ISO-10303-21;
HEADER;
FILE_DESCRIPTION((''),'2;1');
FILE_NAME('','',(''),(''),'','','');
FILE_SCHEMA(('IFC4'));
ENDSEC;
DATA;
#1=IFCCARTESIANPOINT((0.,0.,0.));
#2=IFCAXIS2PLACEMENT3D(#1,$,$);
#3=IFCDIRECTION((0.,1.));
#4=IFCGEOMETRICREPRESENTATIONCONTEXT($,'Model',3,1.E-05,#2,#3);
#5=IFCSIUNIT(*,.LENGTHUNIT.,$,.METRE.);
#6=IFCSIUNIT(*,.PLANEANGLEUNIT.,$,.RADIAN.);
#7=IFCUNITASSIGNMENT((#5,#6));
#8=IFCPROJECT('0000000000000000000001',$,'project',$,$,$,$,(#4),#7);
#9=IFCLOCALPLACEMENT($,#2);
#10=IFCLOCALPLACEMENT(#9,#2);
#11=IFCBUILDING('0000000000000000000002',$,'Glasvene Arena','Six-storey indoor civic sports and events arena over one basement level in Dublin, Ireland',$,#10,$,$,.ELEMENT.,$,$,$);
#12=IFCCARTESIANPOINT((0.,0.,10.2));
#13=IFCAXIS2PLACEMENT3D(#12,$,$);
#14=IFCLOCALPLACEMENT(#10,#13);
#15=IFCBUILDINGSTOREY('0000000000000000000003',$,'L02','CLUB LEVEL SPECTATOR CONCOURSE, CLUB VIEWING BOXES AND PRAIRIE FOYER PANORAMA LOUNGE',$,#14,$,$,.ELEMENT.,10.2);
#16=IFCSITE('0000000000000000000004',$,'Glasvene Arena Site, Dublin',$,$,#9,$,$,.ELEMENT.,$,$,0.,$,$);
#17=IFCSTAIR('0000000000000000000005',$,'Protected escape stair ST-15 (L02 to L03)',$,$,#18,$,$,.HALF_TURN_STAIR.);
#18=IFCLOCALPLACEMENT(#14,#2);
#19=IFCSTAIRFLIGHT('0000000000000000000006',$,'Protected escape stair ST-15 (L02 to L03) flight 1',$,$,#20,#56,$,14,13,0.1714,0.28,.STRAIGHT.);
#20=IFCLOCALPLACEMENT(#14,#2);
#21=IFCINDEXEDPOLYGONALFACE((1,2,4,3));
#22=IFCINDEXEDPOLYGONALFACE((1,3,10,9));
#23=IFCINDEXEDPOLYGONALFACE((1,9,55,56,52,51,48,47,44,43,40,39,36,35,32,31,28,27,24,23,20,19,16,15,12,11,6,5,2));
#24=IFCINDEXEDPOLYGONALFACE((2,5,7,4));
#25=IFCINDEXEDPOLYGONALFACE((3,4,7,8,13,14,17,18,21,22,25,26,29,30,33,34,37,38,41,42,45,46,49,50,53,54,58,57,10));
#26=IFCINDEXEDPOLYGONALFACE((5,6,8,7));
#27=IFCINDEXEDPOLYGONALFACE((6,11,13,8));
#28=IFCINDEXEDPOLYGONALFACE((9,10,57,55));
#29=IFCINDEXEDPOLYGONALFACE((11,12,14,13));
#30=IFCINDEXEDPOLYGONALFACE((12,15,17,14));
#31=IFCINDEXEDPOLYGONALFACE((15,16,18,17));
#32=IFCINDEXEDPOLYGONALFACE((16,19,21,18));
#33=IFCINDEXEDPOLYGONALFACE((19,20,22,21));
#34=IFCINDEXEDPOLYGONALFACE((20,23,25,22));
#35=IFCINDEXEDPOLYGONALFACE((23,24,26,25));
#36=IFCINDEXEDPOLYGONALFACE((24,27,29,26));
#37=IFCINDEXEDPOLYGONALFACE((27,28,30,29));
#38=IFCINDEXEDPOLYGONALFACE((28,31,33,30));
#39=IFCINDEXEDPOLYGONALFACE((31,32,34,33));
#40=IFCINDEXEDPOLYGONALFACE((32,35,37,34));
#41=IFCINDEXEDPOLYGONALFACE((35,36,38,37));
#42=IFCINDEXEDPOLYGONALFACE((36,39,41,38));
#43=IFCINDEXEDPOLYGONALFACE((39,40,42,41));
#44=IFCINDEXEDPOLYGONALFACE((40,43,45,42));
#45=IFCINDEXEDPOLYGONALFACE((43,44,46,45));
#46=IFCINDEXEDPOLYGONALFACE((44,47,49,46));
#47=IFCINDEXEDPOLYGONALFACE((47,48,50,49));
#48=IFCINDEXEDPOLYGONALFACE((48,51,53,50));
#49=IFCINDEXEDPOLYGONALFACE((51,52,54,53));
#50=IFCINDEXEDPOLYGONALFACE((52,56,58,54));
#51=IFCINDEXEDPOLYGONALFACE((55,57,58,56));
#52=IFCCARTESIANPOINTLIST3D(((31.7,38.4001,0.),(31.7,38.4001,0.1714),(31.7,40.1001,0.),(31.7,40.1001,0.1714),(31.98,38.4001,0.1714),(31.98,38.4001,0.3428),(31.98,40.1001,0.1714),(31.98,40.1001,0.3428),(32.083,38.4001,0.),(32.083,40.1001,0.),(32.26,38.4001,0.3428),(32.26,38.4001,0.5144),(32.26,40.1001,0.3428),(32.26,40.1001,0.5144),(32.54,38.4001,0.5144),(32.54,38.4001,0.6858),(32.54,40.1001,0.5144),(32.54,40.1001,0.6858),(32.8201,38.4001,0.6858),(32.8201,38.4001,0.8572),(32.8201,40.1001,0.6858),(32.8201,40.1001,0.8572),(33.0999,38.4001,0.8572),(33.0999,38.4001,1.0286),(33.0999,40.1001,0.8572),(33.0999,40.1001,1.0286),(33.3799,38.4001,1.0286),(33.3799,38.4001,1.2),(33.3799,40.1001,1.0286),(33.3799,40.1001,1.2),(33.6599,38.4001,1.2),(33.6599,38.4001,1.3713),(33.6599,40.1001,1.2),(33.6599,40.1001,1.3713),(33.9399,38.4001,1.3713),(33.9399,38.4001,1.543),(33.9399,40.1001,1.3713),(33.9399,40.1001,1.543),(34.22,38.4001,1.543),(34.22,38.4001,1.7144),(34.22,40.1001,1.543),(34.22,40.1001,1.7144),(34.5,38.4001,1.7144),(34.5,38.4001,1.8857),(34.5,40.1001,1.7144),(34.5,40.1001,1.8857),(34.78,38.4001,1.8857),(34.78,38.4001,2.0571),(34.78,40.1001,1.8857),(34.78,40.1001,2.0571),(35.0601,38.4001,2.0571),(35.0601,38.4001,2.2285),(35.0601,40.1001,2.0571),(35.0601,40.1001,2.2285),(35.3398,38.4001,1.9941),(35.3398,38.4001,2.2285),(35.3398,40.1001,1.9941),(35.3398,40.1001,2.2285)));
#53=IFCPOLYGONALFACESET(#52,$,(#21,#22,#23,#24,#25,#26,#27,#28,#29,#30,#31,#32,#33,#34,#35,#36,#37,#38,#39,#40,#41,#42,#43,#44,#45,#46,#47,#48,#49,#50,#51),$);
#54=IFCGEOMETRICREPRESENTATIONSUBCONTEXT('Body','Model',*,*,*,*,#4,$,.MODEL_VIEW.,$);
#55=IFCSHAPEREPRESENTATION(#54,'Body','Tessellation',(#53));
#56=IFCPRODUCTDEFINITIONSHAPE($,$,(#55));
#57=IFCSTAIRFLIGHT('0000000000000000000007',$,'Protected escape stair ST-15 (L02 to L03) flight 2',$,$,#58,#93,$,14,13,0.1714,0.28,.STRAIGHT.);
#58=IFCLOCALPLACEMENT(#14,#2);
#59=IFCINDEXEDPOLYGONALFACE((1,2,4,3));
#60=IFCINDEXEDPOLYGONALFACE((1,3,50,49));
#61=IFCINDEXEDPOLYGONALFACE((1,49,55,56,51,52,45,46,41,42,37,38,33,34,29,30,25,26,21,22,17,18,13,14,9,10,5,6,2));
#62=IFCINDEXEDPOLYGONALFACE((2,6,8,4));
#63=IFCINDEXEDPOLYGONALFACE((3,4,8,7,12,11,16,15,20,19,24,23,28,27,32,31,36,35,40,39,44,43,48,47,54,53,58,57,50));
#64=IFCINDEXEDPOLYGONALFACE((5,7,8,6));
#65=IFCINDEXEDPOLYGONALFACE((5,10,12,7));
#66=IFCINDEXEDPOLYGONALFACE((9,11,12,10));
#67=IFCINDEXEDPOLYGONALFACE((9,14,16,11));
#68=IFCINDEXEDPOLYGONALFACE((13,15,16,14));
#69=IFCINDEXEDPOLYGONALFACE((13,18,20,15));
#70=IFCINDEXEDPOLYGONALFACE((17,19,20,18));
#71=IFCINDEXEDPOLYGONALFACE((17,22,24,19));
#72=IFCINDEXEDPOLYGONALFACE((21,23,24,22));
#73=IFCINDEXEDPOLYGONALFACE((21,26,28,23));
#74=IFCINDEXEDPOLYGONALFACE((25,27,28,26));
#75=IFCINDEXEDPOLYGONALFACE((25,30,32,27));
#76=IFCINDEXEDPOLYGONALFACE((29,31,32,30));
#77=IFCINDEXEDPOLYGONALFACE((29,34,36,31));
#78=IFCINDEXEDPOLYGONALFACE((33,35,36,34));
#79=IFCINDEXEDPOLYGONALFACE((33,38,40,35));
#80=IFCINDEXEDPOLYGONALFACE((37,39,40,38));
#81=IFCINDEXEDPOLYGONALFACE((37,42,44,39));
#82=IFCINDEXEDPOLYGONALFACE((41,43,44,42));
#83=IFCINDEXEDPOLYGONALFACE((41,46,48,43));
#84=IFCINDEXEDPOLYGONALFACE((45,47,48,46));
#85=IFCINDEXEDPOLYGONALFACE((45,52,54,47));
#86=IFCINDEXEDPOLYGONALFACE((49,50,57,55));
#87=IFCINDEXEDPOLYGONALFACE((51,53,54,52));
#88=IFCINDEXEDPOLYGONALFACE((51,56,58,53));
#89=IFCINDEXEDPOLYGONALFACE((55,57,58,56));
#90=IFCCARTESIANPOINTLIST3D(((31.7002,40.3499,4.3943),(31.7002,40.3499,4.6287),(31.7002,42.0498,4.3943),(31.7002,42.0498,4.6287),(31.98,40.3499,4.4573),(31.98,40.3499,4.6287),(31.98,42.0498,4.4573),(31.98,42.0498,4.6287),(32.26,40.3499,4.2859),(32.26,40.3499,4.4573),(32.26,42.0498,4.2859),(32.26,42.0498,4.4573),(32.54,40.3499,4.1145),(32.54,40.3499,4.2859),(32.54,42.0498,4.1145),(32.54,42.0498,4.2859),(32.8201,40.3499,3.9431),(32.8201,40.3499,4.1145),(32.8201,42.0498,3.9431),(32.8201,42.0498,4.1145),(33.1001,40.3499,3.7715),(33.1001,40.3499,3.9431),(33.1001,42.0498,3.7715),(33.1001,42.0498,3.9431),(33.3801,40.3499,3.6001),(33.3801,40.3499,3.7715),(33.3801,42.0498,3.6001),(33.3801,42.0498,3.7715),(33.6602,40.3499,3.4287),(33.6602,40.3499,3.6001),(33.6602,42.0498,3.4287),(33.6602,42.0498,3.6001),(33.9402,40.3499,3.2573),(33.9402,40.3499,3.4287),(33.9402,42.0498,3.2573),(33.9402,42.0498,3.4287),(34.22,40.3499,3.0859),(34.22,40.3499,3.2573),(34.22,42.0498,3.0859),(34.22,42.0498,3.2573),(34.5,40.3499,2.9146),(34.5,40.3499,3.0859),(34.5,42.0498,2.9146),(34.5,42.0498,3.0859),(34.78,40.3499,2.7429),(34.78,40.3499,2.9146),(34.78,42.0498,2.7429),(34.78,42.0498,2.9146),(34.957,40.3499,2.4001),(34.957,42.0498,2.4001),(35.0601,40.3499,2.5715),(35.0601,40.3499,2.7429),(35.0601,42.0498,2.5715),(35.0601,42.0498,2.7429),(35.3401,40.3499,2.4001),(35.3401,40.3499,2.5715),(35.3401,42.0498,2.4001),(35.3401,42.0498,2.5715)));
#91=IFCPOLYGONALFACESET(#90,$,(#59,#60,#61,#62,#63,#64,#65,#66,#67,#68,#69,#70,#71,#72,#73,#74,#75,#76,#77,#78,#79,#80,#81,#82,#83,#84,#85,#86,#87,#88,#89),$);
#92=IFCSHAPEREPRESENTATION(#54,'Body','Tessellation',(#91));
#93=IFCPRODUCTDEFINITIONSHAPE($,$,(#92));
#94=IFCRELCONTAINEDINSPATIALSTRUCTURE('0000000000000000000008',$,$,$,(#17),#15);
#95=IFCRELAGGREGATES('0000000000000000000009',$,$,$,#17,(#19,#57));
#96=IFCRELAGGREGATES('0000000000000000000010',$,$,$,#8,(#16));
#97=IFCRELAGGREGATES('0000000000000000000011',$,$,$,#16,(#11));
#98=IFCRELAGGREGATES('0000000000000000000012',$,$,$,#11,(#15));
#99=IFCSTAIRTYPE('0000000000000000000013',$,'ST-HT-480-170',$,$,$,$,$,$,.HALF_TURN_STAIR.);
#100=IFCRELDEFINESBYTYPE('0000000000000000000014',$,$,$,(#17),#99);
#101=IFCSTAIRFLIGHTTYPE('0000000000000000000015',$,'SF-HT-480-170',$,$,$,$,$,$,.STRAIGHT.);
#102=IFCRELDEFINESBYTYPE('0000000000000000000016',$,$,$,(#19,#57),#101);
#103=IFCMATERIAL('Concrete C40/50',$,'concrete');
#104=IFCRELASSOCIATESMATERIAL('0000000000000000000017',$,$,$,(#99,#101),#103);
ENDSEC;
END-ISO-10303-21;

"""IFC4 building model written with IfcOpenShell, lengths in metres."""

from ifc_helpers import new_model, si_unit, direction, frame, origin, place, context, subcontext, project, spatial, polyline, outline, extrude, material, type_object, element, aggregate, save


model = new_model("IFC4")

# Units and contexts
model_context = context("Model", 3, precision=1e-05, world=origin(), true_north=direction((0.0, 1.0)))
body_context = subcontext(model_context, "Body", "Model", "MODEL_VIEW")
ifc_project = project(units=[si_unit("LENGTHUNIT", "METRE"), si_unit("PLANEANGLEUNIT", "RADIAN")], contexts=[model_context])

# Site, building, storey
site_placement = place(None, origin())
site = spatial("IfcSite", under=ifc_project, at=site_placement, Name="Glasvene Arena Site, Dublin", CompositionType="ELEMENT", RefElevation=0.0)
building_placement = place(site_placement, origin())
building = spatial("IfcBuilding", under=site, at=building_placement, Name="Glasvene Arena", Description="Six-storey indoor civic sports and events arena over one basement level in Dublin, Ireland", CompositionType="ELEMENT")
storey_placement = place(building_placement, frame((0.0, 0.0, 10.2)))
storey = spatial("IfcBuildingStorey", under=building, at=storey_placement, Name="L02", Description="CLUB LEVEL SPECTATOR CONCOURSE, CLUB VIEWING BOXES AND PRAIRIE FOYER PANORAMA LOUNGE", CompositionType="ELEMENT", Elevation=10.2)

# Shared definitions
ifc_material_1 = material(Name="Concrete C40/50", Category="concrete")

# Stair
stair_type_1 = type_object("IfcStairType", Name="ST-HT-480-170", PredefinedType="HALF_TURN_STAIR", material=ifc_material_1)
stair_1_placement = place(storey_placement, origin())
stair_1 = element("IfcStair", 1, at=stair_1_placement, inside=storey, type_object=stair_type_1, Name="Protected escape stair ST-15 (L02 to L03)", PredefinedType="HALF_TURN_STAIR")

# Shared definitions
stair_flight_type = type_object("IfcStairFlightType", Name="SF-HT-480-170", PredefinedType="STRAIGHT", material=ifc_material_1)

# Stair flights
stair_flight_1_placement = place(storey_placement, frame((31.7, 39.25, 0.0), z_axis=(0.0, 0.0, 1.0), x_axis=(1.0, 0.0, 0.0)))
stair_flight_1 = element("IfcStairFlight", 2, at=stair_flight_1_placement, type_object=stair_flight_type, Name="Protected escape stair ST-15 (L02 to L03) flight 1", NumberOfRisers=14, NumberOfTreads=13, PredefinedType="STRAIGHT", RiserHeight=0.1714, TreadLength=0.28, context=body_context, shape_type="SweptSolid", body=[
    extrude(outline(polyline([(0.0, 0.0), (0.0, 0.1714), (0.28, 0.1714), (0.28, 0.3428), (0.5601, 0.3428), (0.5601, 0.5144), (0.8401, 0.5144), (0.8401, 0.6858), (1.1201, 0.6858), (1.1201, 0.8572), (1.3999, 0.8572), (1.3999, 1.0286), (1.6799, 1.0286), (1.6799, 1.2), (1.96, 1.2), (1.96, 1.3713), (2.24, 1.3713), (2.24, 1.543), (2.52, 1.543), (2.52, 1.7144), (2.8, 1.7144), (2.8, 1.8857), (3.0801, 1.8857), (3.0801, 2.0571), (3.3601, 2.0571), (3.3601, 2.2285), (3.6399, 2.2285), (3.6399, 2.3999), (3.6399, 1.9941), (0.3831, 0.0), (0.0, 0.0)])), frame((0.0, 0.8501, 0.0), z_axis=(0.0, -1.0, 0.0), x_axis=(1.0, 0.0, 0.0)), (0.0, 0.0, 1.0), 1.7),
])
stair_flight_2_placement = place(storey_placement, frame((35.3401, 41.2, 2.4001), z_axis=(0.0, 0.0, 1.0), x_axis=(-1.0, 0.0, 0.0)))
stair_flight_2 = element("IfcStairFlight", 3, at=stair_flight_2_placement, type_object=stair_flight_type, Name="Protected escape stair ST-15 (L02 to L03) flight 2", NumberOfRisers=14, NumberOfTreads=13, PredefinedType="STRAIGHT", RiserHeight=0.1714, TreadLength=0.28, context=body_context, shape_type="SweptSolid", body=[
    extrude(outline(polyline([(0.0, 0.0), (0.0, 0.1714), (0.28, 0.1714), (0.28, 0.3428), (0.5601, 0.3428), (0.5601, 0.5144), (0.8401, 0.5144), (0.8401, 0.6858), (1.1201, 0.6858), (1.1201, 0.8572), (1.3999, 0.8572), (1.3999, 1.0286), (1.6799, 1.0286), (1.6799, 1.2), (1.96, 1.2), (1.96, 1.3713), (2.24, 1.3713), (2.24, 1.543), (2.52, 1.543), (2.52, 1.7144), (2.8, 1.7144), (2.8, 1.8857), (3.0801, 1.8857), (3.0801, 2.0571), (3.3601, 2.0571), (3.3601, 2.2285), (3.6399, 2.2285), (3.6399, 2.3999), (3.6399, 1.9941), (0.3831, 0.0), (0.0, 0.0)])), frame((0.0, 0.8501, 0.0), z_axis=(0.0, -1.0, 0.0), x_axis=(1.0, 0.0, 0.0)), (0.0, 0.0, 1.0), 1.7),
])
aggregate(stair_1, [stair_flight_1, stair_flight_2])

save(model, "model.ifc")
